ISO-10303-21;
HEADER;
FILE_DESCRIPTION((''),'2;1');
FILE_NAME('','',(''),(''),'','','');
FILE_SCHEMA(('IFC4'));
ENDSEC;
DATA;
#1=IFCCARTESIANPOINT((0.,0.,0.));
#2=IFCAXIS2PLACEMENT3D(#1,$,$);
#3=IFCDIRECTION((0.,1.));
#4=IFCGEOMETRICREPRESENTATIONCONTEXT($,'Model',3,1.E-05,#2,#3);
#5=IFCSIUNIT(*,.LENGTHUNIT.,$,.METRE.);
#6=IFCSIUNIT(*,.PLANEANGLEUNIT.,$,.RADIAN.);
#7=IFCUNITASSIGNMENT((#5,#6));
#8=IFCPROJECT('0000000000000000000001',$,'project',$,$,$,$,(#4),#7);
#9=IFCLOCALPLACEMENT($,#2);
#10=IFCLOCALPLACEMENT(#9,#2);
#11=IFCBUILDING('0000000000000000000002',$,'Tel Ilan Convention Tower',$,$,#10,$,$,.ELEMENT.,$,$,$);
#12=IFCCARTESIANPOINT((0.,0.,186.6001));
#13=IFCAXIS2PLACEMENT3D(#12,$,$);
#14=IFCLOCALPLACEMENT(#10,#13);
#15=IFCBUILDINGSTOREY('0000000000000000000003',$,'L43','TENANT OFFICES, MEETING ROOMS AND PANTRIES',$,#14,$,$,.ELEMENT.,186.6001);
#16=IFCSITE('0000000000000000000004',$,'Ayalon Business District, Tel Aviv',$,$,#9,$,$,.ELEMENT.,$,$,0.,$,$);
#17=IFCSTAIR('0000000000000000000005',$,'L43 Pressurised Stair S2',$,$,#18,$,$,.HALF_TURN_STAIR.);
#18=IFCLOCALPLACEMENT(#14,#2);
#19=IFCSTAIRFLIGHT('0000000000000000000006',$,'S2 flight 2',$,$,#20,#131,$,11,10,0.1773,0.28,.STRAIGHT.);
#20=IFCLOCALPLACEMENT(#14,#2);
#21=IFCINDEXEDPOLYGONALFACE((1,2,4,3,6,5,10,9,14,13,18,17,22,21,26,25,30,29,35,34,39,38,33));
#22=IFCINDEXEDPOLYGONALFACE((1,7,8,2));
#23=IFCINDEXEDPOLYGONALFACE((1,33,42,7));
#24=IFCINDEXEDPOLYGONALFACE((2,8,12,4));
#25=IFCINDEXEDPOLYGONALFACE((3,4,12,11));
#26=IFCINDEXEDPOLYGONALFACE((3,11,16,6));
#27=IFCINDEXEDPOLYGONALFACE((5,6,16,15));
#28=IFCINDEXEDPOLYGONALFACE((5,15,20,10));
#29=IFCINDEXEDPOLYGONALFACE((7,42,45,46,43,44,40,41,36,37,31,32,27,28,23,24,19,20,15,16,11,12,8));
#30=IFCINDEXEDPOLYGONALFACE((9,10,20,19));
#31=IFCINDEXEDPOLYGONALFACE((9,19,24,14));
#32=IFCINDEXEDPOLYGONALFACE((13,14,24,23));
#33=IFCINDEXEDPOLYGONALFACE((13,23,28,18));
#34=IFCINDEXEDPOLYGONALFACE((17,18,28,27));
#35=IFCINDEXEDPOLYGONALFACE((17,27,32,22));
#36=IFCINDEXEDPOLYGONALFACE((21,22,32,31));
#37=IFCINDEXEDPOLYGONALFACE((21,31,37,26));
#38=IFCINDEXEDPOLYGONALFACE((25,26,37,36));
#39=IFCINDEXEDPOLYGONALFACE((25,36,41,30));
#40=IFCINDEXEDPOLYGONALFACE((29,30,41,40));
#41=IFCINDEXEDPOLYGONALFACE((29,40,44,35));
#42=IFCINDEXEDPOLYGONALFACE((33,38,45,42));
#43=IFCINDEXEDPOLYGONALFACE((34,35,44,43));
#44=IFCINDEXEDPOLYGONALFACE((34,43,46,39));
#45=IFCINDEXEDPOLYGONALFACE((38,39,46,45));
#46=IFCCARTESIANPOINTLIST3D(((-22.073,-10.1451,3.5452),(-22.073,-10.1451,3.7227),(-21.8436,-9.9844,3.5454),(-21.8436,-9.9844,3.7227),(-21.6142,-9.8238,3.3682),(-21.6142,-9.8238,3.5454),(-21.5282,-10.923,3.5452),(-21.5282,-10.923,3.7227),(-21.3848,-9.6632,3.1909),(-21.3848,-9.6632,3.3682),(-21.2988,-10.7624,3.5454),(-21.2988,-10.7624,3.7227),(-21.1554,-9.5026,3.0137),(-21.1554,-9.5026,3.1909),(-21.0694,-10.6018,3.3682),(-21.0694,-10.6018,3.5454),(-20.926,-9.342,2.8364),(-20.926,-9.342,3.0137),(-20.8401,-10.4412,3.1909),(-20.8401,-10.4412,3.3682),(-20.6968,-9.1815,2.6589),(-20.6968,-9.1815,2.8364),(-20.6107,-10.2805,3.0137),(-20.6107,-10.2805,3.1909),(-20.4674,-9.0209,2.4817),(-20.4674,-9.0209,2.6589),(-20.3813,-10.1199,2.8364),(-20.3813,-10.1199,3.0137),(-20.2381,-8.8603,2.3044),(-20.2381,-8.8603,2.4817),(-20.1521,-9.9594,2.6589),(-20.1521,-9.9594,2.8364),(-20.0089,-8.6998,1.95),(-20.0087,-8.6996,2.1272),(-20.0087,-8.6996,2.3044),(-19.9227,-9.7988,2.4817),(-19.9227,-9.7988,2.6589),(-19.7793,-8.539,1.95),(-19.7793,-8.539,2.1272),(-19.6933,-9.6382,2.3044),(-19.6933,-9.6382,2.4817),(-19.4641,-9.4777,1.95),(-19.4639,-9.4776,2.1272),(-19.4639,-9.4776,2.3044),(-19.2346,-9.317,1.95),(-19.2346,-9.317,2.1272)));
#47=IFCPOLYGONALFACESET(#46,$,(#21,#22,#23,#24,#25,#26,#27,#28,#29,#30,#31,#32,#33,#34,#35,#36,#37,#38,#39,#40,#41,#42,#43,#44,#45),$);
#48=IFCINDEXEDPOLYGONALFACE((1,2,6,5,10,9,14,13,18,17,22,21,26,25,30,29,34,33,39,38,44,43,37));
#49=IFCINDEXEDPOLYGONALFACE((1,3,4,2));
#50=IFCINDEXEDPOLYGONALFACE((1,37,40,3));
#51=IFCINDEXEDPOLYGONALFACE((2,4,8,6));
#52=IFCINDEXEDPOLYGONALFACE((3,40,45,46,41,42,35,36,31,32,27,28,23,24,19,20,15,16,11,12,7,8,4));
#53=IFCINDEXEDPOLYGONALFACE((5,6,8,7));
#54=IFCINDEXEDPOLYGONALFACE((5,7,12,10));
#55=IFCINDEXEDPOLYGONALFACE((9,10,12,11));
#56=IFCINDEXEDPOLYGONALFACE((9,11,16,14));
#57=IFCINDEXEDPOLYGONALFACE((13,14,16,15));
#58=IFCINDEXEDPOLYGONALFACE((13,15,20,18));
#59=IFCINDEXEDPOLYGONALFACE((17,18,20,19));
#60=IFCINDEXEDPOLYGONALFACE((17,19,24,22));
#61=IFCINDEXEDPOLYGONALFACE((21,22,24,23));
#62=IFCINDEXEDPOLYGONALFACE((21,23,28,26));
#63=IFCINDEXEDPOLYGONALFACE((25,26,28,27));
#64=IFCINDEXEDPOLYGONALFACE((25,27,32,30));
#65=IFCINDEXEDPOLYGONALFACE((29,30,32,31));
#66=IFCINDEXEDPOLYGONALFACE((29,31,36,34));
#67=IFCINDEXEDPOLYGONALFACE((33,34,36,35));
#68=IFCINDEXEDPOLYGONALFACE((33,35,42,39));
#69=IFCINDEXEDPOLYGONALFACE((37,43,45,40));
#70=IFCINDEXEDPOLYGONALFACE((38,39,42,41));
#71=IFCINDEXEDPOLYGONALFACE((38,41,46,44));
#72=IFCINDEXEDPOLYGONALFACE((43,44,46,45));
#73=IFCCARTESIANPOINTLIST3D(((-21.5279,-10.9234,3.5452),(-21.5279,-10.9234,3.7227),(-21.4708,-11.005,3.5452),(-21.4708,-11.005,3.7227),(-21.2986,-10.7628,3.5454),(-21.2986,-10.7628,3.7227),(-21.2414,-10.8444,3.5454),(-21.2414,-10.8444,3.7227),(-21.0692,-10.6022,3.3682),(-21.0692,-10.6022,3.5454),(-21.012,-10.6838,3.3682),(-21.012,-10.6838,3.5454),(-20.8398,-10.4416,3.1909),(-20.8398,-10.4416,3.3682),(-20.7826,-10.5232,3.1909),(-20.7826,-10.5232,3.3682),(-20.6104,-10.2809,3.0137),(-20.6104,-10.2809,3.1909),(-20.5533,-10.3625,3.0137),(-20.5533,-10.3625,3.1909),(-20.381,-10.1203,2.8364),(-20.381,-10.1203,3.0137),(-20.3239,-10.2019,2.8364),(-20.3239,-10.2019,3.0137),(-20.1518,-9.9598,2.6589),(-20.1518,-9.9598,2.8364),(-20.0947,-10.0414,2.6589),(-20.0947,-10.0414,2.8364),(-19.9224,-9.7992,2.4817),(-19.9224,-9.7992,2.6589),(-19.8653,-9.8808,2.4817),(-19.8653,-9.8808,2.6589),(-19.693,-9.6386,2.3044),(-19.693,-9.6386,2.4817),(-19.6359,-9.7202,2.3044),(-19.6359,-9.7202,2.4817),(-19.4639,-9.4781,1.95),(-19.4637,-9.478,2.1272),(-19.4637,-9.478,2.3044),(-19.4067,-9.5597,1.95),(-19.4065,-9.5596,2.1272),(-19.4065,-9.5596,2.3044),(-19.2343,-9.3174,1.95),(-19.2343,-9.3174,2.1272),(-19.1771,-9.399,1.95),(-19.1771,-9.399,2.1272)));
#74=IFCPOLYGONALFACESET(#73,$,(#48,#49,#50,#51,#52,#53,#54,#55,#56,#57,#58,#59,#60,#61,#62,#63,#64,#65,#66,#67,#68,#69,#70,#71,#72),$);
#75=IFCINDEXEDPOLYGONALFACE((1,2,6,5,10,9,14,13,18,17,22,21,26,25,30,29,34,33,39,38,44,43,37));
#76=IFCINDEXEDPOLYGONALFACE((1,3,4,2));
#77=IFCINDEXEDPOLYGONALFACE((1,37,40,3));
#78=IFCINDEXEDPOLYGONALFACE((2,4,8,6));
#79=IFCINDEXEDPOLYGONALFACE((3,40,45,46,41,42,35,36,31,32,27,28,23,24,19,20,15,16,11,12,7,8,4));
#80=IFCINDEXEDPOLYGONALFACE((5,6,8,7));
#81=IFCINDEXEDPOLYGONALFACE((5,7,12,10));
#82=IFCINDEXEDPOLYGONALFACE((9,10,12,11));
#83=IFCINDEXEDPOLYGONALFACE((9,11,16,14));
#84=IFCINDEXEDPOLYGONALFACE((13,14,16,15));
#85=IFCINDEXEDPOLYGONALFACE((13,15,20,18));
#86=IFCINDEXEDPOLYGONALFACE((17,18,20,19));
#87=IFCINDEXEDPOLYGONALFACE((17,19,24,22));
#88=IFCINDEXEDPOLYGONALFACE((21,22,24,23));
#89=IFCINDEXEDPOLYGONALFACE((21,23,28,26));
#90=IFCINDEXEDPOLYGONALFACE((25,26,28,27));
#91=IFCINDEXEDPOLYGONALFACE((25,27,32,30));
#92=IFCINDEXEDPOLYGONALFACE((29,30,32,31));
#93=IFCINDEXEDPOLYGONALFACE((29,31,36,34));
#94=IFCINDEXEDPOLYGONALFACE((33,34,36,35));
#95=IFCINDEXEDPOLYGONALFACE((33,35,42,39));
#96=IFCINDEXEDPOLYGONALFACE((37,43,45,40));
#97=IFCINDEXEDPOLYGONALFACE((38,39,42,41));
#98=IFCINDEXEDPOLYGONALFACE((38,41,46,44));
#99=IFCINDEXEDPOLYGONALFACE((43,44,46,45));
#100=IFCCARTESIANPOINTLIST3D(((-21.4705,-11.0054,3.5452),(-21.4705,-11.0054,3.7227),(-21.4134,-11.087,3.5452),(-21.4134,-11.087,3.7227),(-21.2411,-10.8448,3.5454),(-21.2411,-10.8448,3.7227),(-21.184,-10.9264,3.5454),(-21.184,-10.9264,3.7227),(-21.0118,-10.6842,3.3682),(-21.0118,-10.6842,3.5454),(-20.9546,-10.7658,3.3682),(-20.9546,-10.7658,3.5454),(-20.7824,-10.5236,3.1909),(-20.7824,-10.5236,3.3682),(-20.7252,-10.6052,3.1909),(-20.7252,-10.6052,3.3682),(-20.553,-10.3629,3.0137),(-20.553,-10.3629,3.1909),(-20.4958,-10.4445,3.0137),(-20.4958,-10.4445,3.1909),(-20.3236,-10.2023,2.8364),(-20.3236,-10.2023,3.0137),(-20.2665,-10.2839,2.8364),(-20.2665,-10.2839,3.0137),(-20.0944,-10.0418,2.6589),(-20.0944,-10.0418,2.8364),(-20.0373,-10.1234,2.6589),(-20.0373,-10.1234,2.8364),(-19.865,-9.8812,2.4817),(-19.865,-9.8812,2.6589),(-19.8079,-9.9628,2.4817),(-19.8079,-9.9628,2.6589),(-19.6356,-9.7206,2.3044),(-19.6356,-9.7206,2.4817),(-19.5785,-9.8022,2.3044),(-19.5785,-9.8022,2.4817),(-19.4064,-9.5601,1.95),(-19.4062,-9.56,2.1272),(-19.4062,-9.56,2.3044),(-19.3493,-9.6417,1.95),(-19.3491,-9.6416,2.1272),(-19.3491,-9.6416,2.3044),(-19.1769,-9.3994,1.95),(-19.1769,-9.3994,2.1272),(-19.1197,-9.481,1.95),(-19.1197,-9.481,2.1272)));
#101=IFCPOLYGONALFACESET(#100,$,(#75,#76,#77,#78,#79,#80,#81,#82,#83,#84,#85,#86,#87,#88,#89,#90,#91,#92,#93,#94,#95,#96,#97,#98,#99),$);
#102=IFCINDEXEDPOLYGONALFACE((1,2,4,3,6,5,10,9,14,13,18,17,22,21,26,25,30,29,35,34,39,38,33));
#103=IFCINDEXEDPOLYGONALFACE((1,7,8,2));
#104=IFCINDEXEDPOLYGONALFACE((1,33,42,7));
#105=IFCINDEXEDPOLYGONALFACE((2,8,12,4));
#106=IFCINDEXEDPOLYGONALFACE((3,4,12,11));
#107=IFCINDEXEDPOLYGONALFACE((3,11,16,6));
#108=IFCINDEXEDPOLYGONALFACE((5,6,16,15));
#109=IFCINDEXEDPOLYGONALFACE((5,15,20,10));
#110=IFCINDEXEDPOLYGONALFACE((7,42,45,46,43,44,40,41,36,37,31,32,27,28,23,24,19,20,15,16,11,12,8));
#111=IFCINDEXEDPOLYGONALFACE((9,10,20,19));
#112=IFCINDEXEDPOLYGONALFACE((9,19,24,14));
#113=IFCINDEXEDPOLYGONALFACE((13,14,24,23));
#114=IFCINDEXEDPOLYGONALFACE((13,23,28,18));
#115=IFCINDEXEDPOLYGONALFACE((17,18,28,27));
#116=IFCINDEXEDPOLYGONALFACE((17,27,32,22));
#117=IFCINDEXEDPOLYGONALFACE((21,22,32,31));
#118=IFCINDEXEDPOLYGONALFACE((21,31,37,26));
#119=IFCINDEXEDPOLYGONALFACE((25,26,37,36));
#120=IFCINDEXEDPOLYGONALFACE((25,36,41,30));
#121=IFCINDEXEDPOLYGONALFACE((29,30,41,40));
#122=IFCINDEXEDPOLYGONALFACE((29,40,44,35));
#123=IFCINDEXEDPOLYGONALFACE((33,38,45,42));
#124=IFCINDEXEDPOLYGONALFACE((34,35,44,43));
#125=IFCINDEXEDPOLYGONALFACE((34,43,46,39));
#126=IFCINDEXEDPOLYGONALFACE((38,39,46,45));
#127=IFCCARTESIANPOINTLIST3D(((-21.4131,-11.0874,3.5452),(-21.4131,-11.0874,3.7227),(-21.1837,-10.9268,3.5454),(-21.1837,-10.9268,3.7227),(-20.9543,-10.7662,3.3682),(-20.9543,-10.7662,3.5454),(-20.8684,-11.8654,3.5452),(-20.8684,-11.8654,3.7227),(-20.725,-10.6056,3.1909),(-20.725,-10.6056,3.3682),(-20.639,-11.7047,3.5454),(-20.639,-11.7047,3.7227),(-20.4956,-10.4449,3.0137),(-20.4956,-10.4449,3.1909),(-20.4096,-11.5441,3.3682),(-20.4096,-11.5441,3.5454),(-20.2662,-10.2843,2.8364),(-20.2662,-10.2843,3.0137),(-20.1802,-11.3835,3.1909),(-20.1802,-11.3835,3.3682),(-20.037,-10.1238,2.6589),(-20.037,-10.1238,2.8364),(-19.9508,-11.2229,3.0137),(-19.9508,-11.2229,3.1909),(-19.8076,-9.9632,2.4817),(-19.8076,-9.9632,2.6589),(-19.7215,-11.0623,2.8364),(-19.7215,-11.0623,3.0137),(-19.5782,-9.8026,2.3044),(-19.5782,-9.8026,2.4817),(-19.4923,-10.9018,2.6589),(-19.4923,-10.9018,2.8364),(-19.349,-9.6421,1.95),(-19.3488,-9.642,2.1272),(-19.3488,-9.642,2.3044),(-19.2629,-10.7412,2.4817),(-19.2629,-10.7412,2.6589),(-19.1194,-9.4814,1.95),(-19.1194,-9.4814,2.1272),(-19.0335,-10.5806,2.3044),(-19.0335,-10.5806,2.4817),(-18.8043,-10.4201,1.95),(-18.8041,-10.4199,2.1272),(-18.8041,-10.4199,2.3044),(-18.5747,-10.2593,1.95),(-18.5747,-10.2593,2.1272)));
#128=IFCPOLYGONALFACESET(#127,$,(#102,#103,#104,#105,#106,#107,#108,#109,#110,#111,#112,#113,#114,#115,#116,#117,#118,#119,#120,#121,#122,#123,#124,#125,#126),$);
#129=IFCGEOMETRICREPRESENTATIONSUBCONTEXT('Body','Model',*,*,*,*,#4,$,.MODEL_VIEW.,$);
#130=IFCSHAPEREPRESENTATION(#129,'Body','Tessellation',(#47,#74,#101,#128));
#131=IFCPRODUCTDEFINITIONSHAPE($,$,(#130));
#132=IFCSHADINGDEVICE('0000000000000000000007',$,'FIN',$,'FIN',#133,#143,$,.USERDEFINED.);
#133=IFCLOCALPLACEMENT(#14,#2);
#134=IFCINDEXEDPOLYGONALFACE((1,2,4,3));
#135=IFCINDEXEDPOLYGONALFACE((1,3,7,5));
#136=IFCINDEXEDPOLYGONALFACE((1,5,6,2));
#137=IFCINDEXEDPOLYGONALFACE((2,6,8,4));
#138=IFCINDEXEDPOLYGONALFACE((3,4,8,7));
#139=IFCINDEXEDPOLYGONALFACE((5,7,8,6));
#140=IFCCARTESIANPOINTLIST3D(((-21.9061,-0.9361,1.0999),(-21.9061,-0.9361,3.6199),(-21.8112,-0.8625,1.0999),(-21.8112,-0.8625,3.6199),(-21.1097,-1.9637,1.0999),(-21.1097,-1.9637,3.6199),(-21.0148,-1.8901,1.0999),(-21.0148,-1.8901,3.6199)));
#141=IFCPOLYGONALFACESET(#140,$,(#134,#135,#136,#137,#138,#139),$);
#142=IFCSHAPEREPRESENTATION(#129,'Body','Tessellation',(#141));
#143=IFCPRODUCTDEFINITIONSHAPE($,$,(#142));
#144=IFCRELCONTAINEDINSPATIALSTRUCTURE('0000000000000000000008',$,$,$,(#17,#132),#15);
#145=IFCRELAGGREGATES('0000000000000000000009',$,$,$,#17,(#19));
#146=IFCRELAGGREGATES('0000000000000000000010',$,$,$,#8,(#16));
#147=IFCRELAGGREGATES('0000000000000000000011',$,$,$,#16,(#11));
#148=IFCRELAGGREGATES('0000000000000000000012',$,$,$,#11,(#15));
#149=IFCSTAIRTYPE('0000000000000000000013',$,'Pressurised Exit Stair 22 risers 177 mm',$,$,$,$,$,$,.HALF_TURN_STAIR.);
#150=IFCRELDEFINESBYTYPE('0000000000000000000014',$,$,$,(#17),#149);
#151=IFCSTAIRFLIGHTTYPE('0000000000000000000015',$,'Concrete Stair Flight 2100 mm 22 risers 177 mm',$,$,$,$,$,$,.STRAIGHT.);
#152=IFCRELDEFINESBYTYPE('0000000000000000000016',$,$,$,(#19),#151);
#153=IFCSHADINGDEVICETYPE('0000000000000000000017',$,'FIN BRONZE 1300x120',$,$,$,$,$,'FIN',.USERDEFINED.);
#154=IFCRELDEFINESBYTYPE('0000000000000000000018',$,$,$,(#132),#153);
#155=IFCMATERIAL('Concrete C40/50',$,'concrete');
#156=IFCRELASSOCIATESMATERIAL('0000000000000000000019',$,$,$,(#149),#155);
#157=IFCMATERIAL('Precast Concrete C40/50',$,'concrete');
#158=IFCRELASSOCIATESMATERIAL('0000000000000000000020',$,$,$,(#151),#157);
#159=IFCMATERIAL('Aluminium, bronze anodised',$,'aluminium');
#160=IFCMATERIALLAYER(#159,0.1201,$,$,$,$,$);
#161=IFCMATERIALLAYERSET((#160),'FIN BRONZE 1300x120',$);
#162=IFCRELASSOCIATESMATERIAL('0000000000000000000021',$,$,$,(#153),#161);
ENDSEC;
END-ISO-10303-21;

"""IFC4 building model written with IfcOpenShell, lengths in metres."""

from ifc_helpers import new_model, si_unit, direction, frame, origin, origin_2d, place, context, subcontext, project, spatial, polyline, rectangle, outline, extrude, material, layer, layer_set, type_object, element, aggregate, save


model = new_model("IFC4")

# Units and contexts
model_context = context("Model", 3, precision=1e-05, world=origin(), true_north=direction((0.0, 1.0)))
body_context = subcontext(model_context, "Body", "Model", "MODEL_VIEW")
ifc_project = project(units=[si_unit("LENGTHUNIT", "METRE"), si_unit("PLANEANGLEUNIT", "RADIAN")], contexts=[model_context])

# Site, building, storey
site_placement = place(None, origin())
site = spatial("IfcSite", under=ifc_project, at=site_placement, Name="Ayalon Business District, Tel Aviv", CompositionType="ELEMENT", RefElevation=0.0)
building_placement = place(site_placement, origin())
building = spatial("IfcBuilding", under=site, at=building_placement, Name="Tel Ilan Convention Tower", CompositionType="ELEMENT")
storey_placement = place(building_placement, frame((0.0, 0.0, 186.6001)))
storey = spatial("IfcBuildingStorey", under=building, at=storey_placement, Name="L43", Description="TENANT OFFICES, MEETING ROOMS AND PANTRIES", CompositionType="ELEMENT", Elevation=186.6001)

# Stair, stair flight
ifc_material_1 = material(Name="Concrete C40/50", Category="concrete")
stair_type = type_object("IfcStairType", Name="Pressurised Exit Stair 22 risers 177 mm", PredefinedType="HALF_TURN_STAIR", material=ifc_material_1)
ifc_material_2 = material(Name="Precast Concrete C40/50", Category="concrete")
stair_flight_type = type_object("IfcStairFlightType", Name="Concrete Stair Flight 2100 mm 22 risers 177 mm", PredefinedType="STRAIGHT", material=ifc_material_2)
stair_1_placement = place(storey_placement, origin())
stair_1 = element("IfcStair", 1, at=stair_1_placement, inside=storey, type_object=stair_type, Name="L43 Pressurised Stair S2", PredefinedType="HALF_TURN_STAIR")
stair_flight_1_placement = place(storey_placement, frame((-19.177, -9.3992, 1.95), z_axis=(0.0, 0.0, 1.0), x_axis=(-0.819152, -0.573576, 0.0)))
stair_flight_1 = element("IfcStairFlight", 2, at=stair_flight_1_placement, type_object=stair_flight_type, Name="S2 flight 2", NumberOfRisers=11, NumberOfTreads=10, PredefinedType="STRAIGHT", RiserHeight=0.1773, TreadLength=0.28, context=body_context, shape_type="SweptSolid", body=[
    extrude(outline(polyline([(0.0, 0.0), (0.0, 0.1772), (0.28, 0.1772), (0.28, 0.3545), (0.5601, 0.3545), (0.5601, 0.5317), (0.8401, 0.5317), (0.8401, 0.709), (1.1201, 0.709), (1.1201, 0.8865), (1.3999, 0.8865), (1.3999, 1.0637), (1.6799, 1.0637), (1.6799, 1.241), (1.96, 1.241), (1.96, 1.4182), (2.24, 1.4182), (2.24, 1.5955), (2.52, 1.5955), (2.52, 1.7727), (2.8, 1.7727), (2.8, 1.95), (2.8, 1.5952), (0.2803, 0.0), (0.0, 0.0)])), frame((0.0, -0.1003, 0.0), z_axis=(0.0, -1.0, 0.0), x_axis=(1.0, 0.0, 0.0)), (0.0, 0.0, 1.0), 0.9497),
    extrude(outline(polyline([(0.0, 0.0), (0.0, 0.1772), (0.28, 0.1772), (0.28, 0.3545), (0.5601, 0.3545), (0.5601, 0.5317), (0.8401, 0.5317), (0.8401, 0.709), (1.1201, 0.709), (1.1201, 0.8865), (1.3999, 0.8865), (1.3999, 1.0637), (1.6799, 1.0637), (1.6799, 1.241), (1.96, 1.241), (1.96, 1.4182), (2.24, 1.4182), (2.24, 1.5955), (2.52, 1.5955), (2.52, 1.7727), (2.8, 1.7727), (2.8, 1.95), (2.8, 1.5952), (0.2803, 0.0), (0.0, 0.0)])), frame((0.0, -0.0002, 0.0), z_axis=(0.0, -1.0, 0.0), x_axis=(1.0, 0.0, 0.0)), (0.0, 0.0, 1.0), 0.0996),
    extrude(outline(polyline([(0.0, 0.0), (0.0, 0.1772), (0.28, 0.1772), (0.28, 0.3545), (0.5601, 0.3545), (0.5601, 0.5317), (0.8401, 0.5317), (0.8401, 0.709), (1.1201, 0.709), (1.1201, 0.8865), (1.3999, 0.8865), (1.3999, 1.0637), (1.6799, 1.0637), (1.6799, 1.241), (1.96, 1.241), (1.96, 1.4182), (2.24, 1.4182), (2.24, 1.5955), (2.52, 1.5955), (2.52, 1.7727), (2.8, 1.7727), (2.8, 1.95), (2.8, 1.5952), (0.2803, 0.0), (0.0, 0.0)])), frame((0.0, 0.0999, 0.0), z_axis=(0.0, -1.0, 0.0), x_axis=(1.0, 0.0, 0.0)), (0.0, 0.0, 1.0), 0.0996),
    extrude(outline(polyline([(0.0, 0.0), (0.0, 0.1772), (0.28, 0.1772), (0.28, 0.3545), (0.5601, 0.3545), (0.5601, 0.5317), (0.8401, 0.5317), (0.8401, 0.709), (1.1201, 0.709), (1.1201, 0.8865), (1.3999, 0.8865), (1.3999, 1.0637), (1.6799, 1.0637), (1.6799, 1.241), (1.96, 1.241), (1.96, 1.4182), (2.24, 1.4182), (2.24, 1.5955), (2.52, 1.5955), (2.52, 1.7727), (2.8, 1.7727), (2.8, 1.95), (2.8, 1.5952), (0.2803, 0.0), (0.0, 0.0)])), frame((0.0, 1.05, 0.0), z_axis=(0.0, -1.0, 0.0), x_axis=(1.0, 0.0, 0.0)), (0.0, 0.0, 1.0), 0.9497),
])
aggregate(stair_1, [stair_flight_1])

# Shading device
ifc_material_3 = material(Name="Aluminium, bronze anodised", Category="aluminium")
ifc_layer_1 = layer(ifc_material_3, 0.1201)
ifc_layer_set_1 = layer_set([ifc_layer_1], Name="FIN BRONZE 1300x120")
shading_device_type = type_object("IfcShadingDeviceType", Name="FIN BRONZE 1300x120", ElementType="FIN", PredefinedType="USERDEFINED", material=ifc_layer_set_1)
shading_device_placement = place(storey_placement, frame((-21.4604, -1.4131, 1.0999), z_axis=(0.0, 0.0, 1.0), x_axis=(-0.612601, 0.790393, 0.0)))
element("IfcShadingDevice", 3, at=shading_device_placement, inside=storey, type_object=shading_device_type, Name="FIN", ObjectType="FIN", PredefinedType="USERDEFINED", context=body_context, shape_type="SweptSolid", body=[
    extrude(rectangle(XDim=1.3, YDim=0.1201, at=origin_2d()), origin(), (0.0, 0.0, 1.0), 2.52),
])

save(model, "model.ifc")
